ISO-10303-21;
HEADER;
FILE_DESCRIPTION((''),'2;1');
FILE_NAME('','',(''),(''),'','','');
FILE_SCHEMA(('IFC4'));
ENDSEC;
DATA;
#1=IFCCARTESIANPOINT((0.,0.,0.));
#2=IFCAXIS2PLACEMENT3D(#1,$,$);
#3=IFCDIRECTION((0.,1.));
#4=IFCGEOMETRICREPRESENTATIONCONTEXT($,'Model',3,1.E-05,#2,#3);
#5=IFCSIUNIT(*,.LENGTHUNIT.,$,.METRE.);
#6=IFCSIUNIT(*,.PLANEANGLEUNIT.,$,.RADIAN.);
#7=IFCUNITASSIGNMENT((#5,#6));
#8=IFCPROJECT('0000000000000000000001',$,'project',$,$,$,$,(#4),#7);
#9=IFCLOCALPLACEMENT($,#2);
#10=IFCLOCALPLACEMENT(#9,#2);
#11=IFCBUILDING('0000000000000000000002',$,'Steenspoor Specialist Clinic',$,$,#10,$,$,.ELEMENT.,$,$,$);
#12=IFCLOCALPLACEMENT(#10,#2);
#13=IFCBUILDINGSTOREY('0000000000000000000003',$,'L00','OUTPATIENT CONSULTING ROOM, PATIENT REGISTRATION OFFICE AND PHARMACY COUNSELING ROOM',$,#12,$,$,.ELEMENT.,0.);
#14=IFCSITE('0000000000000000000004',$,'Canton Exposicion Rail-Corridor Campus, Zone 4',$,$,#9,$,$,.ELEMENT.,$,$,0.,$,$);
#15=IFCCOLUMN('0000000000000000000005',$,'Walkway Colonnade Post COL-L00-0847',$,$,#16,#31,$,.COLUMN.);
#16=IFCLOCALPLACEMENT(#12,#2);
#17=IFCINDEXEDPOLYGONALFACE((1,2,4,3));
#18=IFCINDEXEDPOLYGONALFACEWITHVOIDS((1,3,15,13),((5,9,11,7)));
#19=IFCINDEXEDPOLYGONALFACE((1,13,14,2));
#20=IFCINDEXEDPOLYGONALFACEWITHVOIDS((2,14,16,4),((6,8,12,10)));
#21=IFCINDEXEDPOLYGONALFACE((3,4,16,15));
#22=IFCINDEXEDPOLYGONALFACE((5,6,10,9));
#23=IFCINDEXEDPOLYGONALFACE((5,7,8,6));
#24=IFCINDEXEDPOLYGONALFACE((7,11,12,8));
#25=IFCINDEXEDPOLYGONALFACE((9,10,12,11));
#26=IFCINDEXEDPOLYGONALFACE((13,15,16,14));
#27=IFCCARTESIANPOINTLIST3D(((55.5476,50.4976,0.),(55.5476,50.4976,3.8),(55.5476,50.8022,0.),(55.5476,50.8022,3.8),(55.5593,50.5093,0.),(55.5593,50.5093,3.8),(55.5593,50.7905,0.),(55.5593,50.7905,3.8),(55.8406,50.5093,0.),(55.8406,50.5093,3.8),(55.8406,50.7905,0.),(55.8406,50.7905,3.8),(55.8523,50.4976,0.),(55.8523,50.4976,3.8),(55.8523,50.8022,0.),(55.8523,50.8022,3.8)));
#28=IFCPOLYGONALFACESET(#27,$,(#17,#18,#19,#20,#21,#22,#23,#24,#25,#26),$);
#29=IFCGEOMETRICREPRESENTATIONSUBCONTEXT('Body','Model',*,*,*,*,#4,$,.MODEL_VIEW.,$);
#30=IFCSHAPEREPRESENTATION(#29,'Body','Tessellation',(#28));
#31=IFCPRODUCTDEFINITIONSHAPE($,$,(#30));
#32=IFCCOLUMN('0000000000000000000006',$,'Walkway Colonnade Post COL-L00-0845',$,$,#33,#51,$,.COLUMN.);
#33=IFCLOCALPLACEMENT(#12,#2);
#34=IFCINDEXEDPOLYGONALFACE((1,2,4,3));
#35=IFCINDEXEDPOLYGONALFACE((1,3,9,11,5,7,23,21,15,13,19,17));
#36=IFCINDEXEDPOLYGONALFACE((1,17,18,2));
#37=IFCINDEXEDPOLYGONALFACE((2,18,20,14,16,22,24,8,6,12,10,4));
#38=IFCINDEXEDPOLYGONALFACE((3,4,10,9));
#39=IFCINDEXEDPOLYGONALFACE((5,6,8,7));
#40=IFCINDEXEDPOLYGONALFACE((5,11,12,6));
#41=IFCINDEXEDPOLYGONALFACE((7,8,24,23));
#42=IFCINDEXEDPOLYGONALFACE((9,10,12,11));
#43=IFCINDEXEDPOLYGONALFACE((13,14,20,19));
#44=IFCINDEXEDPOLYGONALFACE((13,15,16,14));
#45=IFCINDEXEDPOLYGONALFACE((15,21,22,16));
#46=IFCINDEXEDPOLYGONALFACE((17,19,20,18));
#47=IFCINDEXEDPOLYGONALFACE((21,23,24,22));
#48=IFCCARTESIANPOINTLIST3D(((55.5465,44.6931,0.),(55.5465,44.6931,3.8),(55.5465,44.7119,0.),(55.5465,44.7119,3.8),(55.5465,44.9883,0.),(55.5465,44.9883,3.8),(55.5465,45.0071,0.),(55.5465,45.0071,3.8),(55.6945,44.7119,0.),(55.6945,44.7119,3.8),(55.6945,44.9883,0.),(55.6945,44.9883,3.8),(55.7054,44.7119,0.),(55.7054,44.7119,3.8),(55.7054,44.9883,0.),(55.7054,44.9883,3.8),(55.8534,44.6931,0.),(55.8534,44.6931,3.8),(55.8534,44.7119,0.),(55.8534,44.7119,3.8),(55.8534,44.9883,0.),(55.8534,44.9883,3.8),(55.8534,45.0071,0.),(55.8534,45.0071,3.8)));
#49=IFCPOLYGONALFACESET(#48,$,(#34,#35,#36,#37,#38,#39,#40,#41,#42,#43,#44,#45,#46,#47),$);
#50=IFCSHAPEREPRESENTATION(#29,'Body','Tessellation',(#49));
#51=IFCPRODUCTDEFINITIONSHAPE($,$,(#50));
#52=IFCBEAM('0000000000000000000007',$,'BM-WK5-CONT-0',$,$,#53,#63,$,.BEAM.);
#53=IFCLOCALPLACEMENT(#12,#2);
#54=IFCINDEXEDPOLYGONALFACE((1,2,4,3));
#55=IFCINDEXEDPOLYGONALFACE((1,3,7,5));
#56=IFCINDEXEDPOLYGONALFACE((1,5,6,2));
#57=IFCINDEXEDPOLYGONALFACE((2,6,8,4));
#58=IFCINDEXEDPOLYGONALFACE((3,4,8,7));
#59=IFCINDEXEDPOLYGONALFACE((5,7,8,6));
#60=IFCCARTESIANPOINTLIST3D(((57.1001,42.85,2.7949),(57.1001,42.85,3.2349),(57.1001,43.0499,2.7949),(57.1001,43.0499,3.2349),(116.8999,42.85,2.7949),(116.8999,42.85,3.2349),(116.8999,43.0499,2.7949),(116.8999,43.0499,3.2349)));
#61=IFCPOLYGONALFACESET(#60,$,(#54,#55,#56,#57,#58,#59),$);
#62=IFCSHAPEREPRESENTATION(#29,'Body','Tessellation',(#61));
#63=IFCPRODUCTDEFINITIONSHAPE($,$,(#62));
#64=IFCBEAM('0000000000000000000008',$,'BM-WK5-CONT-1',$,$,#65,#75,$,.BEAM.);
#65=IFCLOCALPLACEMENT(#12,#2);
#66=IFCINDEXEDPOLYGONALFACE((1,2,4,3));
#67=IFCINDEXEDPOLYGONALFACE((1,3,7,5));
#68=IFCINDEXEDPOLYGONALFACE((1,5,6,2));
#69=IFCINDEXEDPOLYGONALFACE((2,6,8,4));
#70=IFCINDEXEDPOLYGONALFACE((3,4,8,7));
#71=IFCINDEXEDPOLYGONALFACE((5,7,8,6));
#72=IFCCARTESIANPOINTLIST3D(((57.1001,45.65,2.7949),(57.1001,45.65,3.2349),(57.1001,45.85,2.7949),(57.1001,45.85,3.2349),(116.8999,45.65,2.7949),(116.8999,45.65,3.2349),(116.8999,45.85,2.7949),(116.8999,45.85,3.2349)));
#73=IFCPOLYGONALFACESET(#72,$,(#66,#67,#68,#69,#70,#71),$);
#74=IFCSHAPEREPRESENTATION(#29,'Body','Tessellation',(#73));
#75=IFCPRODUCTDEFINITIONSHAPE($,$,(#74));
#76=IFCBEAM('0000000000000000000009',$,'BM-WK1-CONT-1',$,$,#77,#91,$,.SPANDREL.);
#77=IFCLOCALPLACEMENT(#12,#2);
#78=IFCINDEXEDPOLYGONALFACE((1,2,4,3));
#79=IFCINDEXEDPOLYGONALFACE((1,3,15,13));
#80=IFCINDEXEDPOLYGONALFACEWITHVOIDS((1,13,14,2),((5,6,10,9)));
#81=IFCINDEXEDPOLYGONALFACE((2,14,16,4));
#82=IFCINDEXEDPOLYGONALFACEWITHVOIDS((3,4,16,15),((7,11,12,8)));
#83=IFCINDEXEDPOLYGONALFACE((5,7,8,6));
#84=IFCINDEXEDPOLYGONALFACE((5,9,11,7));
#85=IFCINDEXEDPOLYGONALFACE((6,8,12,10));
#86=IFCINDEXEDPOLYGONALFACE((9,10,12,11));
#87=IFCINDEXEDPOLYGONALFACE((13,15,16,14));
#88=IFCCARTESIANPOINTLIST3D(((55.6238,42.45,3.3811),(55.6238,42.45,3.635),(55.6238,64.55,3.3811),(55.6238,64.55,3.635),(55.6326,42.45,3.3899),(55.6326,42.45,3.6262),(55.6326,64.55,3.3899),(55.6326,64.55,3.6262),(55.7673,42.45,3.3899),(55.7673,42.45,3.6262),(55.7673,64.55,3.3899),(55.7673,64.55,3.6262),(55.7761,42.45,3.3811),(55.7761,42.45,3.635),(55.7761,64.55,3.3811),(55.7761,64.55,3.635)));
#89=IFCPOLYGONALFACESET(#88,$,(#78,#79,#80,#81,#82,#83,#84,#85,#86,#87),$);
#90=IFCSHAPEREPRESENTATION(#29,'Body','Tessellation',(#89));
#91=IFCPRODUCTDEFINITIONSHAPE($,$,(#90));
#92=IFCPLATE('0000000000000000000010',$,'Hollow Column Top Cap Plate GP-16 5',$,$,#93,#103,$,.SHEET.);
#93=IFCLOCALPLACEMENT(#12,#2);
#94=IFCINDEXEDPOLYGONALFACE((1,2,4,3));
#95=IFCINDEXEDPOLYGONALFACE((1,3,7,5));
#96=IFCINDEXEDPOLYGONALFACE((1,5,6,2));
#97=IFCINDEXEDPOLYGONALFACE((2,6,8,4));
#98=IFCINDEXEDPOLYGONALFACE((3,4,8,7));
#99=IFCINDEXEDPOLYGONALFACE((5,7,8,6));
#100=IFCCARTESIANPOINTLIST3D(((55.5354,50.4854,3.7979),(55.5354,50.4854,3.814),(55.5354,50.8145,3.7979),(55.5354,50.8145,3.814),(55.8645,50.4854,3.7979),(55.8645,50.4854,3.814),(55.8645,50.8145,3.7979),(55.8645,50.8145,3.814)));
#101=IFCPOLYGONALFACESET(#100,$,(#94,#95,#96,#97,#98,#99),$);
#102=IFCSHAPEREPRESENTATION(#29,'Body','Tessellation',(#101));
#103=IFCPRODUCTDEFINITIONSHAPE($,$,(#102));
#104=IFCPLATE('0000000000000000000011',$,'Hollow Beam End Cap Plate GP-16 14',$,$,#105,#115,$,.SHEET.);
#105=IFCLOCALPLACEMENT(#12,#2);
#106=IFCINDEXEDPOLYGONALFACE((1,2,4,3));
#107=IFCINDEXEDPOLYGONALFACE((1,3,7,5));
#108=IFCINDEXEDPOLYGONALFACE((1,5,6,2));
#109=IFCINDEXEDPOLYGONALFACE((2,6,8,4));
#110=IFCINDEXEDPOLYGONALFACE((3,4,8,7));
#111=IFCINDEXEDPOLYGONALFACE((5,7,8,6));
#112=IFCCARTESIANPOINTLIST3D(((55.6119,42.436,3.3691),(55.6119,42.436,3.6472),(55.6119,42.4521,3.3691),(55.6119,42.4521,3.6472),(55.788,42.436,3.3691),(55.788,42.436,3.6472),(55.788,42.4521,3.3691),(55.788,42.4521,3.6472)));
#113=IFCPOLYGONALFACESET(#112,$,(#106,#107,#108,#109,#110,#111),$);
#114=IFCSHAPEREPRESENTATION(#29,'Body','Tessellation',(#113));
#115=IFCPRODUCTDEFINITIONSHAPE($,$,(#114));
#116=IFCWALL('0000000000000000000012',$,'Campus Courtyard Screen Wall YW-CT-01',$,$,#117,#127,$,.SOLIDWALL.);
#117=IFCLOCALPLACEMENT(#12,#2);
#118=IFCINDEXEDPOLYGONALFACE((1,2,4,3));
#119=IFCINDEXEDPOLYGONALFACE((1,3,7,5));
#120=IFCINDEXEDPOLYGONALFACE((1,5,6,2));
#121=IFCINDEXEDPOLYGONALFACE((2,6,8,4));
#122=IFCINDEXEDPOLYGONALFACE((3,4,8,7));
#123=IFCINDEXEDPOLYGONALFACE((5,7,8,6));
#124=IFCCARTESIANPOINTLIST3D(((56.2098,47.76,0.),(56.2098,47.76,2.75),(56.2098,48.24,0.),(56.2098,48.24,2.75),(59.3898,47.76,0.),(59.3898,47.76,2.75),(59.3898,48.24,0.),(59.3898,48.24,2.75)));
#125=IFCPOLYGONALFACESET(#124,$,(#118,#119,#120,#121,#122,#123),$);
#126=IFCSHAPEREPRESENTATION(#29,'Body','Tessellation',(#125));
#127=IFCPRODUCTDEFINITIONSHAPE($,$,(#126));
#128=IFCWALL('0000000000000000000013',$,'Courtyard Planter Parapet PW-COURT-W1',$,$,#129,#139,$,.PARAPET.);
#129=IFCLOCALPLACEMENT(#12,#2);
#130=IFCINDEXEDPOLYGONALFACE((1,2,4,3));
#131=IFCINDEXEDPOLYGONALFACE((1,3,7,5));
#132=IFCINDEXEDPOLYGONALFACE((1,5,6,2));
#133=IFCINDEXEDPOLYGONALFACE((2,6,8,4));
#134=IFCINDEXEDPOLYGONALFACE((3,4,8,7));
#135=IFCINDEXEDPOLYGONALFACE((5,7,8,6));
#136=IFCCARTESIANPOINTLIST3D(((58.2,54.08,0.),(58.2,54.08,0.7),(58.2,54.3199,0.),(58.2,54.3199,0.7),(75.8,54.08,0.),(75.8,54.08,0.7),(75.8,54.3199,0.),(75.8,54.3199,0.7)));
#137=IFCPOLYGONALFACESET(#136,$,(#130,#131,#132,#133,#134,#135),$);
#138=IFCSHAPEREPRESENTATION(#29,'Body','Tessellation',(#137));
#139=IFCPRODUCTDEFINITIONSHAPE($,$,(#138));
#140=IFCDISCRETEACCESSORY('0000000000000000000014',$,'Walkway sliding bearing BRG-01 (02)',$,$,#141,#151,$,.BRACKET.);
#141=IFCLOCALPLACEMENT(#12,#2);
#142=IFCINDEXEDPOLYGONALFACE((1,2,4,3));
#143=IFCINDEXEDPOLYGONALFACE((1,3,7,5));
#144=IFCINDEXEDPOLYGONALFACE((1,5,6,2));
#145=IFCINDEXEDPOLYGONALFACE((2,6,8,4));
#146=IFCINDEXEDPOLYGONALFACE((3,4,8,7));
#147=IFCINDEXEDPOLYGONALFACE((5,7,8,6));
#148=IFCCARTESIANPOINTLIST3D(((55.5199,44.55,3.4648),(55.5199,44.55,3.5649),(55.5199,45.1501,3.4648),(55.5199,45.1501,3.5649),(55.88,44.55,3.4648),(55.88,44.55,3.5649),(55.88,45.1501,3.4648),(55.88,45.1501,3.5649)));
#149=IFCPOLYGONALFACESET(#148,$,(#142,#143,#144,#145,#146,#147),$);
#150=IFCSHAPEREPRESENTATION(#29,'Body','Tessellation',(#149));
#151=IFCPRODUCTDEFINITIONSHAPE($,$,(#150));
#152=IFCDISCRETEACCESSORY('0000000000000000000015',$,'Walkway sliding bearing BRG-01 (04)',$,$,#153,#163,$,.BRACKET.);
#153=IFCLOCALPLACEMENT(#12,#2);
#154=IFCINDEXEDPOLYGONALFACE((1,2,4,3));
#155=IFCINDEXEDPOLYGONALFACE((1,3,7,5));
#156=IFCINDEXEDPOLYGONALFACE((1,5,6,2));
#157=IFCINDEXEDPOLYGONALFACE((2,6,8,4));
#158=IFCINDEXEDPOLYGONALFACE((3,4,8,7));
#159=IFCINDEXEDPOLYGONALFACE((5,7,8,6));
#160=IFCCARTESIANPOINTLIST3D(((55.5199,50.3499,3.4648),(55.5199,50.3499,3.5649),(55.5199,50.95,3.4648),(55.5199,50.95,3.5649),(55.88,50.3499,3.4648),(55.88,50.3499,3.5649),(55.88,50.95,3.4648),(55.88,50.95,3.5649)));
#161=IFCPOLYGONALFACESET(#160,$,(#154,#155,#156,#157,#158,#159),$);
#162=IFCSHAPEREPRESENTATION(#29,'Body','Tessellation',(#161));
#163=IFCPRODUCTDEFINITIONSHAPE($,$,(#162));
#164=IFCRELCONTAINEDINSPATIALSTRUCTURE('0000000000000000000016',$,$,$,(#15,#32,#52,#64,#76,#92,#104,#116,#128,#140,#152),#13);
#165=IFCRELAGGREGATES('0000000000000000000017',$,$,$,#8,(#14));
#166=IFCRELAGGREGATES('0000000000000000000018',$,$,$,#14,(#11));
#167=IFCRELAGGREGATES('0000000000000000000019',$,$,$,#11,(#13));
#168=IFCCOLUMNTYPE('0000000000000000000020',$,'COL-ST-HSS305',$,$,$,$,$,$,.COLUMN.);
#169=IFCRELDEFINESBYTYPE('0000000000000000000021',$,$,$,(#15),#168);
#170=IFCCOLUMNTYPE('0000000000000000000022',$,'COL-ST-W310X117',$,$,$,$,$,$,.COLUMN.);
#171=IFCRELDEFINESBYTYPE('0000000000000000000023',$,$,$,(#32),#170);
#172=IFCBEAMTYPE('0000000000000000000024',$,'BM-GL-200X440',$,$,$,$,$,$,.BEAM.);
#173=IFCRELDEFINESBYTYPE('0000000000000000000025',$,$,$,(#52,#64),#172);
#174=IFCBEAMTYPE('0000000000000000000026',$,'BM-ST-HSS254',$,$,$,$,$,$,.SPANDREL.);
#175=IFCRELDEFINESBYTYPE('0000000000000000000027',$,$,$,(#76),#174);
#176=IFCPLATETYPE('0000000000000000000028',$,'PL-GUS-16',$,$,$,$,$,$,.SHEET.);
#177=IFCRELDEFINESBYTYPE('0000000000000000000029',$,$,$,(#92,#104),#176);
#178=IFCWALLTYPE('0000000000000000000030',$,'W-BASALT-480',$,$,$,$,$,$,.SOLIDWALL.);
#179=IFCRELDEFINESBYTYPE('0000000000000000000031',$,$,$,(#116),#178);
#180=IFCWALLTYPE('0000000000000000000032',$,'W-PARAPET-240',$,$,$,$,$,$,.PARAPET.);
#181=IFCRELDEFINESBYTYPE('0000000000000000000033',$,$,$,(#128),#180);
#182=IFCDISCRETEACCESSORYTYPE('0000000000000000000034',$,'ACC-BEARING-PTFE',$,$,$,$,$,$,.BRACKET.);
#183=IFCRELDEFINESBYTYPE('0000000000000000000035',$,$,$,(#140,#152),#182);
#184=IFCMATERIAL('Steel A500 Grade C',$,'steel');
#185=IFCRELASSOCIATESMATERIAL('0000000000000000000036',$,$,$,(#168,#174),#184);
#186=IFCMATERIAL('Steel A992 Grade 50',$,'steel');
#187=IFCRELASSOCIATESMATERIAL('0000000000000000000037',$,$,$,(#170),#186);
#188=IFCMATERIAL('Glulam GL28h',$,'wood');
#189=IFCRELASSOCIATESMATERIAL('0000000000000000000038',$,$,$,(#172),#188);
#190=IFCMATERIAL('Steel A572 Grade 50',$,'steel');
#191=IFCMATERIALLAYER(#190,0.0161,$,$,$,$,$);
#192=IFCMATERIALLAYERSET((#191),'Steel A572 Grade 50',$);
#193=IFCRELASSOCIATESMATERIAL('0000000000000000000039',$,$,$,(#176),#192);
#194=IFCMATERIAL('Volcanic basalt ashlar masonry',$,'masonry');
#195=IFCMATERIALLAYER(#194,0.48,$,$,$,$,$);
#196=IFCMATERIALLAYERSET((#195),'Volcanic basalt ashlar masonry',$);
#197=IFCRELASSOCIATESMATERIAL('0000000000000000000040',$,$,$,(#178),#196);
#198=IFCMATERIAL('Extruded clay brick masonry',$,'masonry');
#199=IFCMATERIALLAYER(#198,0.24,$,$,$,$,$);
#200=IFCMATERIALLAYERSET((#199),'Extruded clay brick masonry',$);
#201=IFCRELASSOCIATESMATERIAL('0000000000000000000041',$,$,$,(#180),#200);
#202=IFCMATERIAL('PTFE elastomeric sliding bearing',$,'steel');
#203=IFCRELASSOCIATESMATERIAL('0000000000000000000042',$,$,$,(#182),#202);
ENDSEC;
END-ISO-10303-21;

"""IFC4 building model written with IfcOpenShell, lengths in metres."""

from ifc_helpers import new_model, si_unit, direction, frame, frame_2d, origin, origin_2d, place, context, subcontext, project, spatial, rectangle, hollow_rectangle, i_section, extrude, material, layer, layer_set, material_profile, profile_set, type_object, element, save


model = new_model("IFC4")

# Units and contexts
model_context = context("Model", 3, precision=1e-05, world=origin(), true_north=direction((0.0, 1.0)))
body_context = subcontext(model_context, "Body", "Model", "MODEL_VIEW")
ifc_project = project(units=[si_unit("LENGTHUNIT", "METRE"), si_unit("PLANEANGLEUNIT", "RADIAN")], contexts=[model_context])

# Site, building, storey
site_placement = place(None, origin())
site = spatial("IfcSite", under=ifc_project, at=site_placement, Name="Canton Exposicion Rail-Corridor Campus, Zone 4", CompositionType="ELEMENT", RefElevation=0.0)
building_placement = place(site_placement, origin())
building = spatial("IfcBuilding", under=site, at=building_placement, Name="Steenspoor Specialist Clinic", CompositionType="ELEMENT")
storey_placement = place(building_placement, origin())
storey = spatial("IfcBuildingStorey", under=building, at=storey_placement, Name="L00", Description="OUTPATIENT CONSULTING ROOM, PATIENT REGISTRATION OFFICE AND PHARMACY COUNSELING ROOM", CompositionType="ELEMENT", Elevation=0.0)

# Columns
ifc_material_1 = material(Name="Steel A500 Grade C", Category="steel")
ifc_material_profile_1 = material_profile(ifc_material_1, hollow_rectangle(XDim=0.3047, YDim=0.3047, WallThickness=0.0117, at=origin_2d()), Name="HSS305X305X12.7")
ifc_profile_set_1 = profile_set([ifc_material_profile_1], Name="Steel A500 Grade C")
column_type_1 = type_object("IfcColumnType", Name="COL-ST-HSS305", PredefinedType="COLUMN", material=ifc_profile_set_1)
column_1_placement = place(storey_placement, frame((55.7, 50.6499, 0.0), z_axis=(0.0, 0.0, 1.0), x_axis=(1.0, 0.0, 0.0)))
element("IfcColumn", 1, at=column_1_placement, inside=storey, type_object=column_type_1, Name="Walkway Colonnade Post COL-L00-0847", PredefinedType="COLUMN", context=body_context, shape_type="SweptSolid", body=[
    extrude(hollow_rectangle(XDim=0.3047, YDim=0.3047, WallThickness=0.0117, at=origin_2d()), origin(), (0.0, 0.0, 1.0), 3.8),
])
ifc_material_2 = material(Name="Steel A992 Grade 50", Category="steel")
ifc_material_profile_2 = material_profile(ifc_material_2, i_section(OverallWidth=0.3069, OverallDepth=0.314, WebThickness=0.011, FlangeThickness=0.0188, at=origin_2d()), Name="W310X117")
ifc_profile_set_2 = profile_set([ifc_material_profile_2], Name="Steel A992 Grade 50")
column_type_2 = type_object("IfcColumnType", Name="COL-ST-W310X117", PredefinedType="COLUMN", material=ifc_profile_set_2)
column_2_placement = place(storey_placement, frame((55.7, 44.8501, 0.0), z_axis=(0.0, 0.0, 1.0), x_axis=(1.0, 0.0, 0.0)))
element("IfcColumn", 2, at=column_2_placement, inside=storey, type_object=column_type_2, Name="Walkway Colonnade Post COL-L00-0845", PredefinedType="COLUMN", context=body_context, shape_type="SweptSolid", body=[
    extrude(i_section(OverallWidth=0.3069, OverallDepth=0.314, WebThickness=0.011, FlangeThickness=0.0188, at=origin_2d()), origin(), (0.0, 0.0, 1.0), 3.8),
])

# Beams
ifc_material_3 = material(Name="Glulam GL28h", Category="wood")
ifc_material_profile_3 = material_profile(ifc_material_3, rectangle(XDim=0.2, YDim=0.4399, at=origin_2d()), Name="GL28H-200X440")
ifc_profile_set_3 = profile_set([ifc_material_profile_3], Name="Glulam GL28h")
beam_type_1 = type_object("IfcBeamType", Name="BM-GL-200X440", PredefinedType="BEAM", material=ifc_profile_set_3)
for number, where, z_axis, x_axis, name in (
    (3, (57.1001, 42.95, 3.0149), (1.0, 0.0, 0.0), (0.0, 1.0, 0.0), "BM-WK5-CONT-0"),
    (4, (57.1001, 45.75, 3.0149), (1.0, 0.0, 0.0), (0.0, 1.0, 0.0), "BM-WK5-CONT-1"),
):
    element("IfcBeam", number, at=place(storey_placement, frame(where, z_axis=z_axis, x_axis=x_axis)), inside=storey, type_object=beam_type_1, Name=name, PredefinedType="BEAM", context=body_context, shape_type="SweptSolid", body=[
        extrude(rectangle(XDim=0.2, YDim=0.4399, at=origin_2d()), origin(), (0.0, 0.0, 1.0), 59.7998),
    ])
ifc_material_profile_4 = material_profile(ifc_material_1, hollow_rectangle(XDim=0.1523, YDim=0.2539, WallThickness=0.0088, at=origin_2d()), Name="HSS254X152X9.5")
ifc_profile_set_4 = profile_set([ifc_material_profile_4], Name="Steel A500 Grade C")
beam_type_2 = type_object("IfcBeamType", Name="BM-ST-HSS254", PredefinedType="SPANDREL", material=ifc_profile_set_4)
beam_placement = place(storey_placement, frame((55.7, 42.45, 3.5081), z_axis=(0.0, 1.0, 0.0), x_axis=(-1.0, 0.0, 0.0)))
element("IfcBeam", 5, at=beam_placement, inside=storey, type_object=beam_type_2, Name="BM-WK1-CONT-1", PredefinedType="SPANDREL", context=body_context, shape_type="SweptSolid", body=[
    extrude(hollow_rectangle(XDim=0.1523, YDim=0.2539, WallThickness=0.0088, at=origin_2d()), origin(), (0.0, 0.0, 1.0), 22.1001),
])

# Plates
ifc_material_4 = material(Name="Steel A572 Grade 50", Category="steel")
ifc_layer_1 = layer(ifc_material_4, 0.0161)
ifc_layer_set_1 = layer_set([ifc_layer_1], Name="Steel A572 Grade 50")
plate_type = type_object("IfcPlateType", Name="PL-GUS-16", PredefinedType="SHEET", material=ifc_layer_set_1)
plate_1_placement = place(storey_placement, frame((55.7, 50.6499, 3.7979), z_axis=(0.0, 0.0, 1.0), x_axis=(1.0, 0.0, 0.0)))
element("IfcPlate", 6, at=plate_1_placement, inside=storey, type_object=plate_type, Name="Hollow Column Top Cap Plate GP-16 5", PredefinedType="SHEET", context=body_context, shape_type="SweptSolid", body=[
    extrude(rectangle(XDim=0.3291, YDim=0.3291, at=origin_2d()), origin(), (0.0, 0.0, 1.0), 0.0161),
])
plate_2_placement = place(storey_placement, frame((55.7, 42.4441, 3.3691), z_axis=(0.0, 0.0, 1.0), x_axis=(1.0, 0.0, 0.0)))
element("IfcPlate", 7, at=plate_2_placement, inside=storey, type_object=plate_type, Name="Hollow Beam End Cap Plate GP-16 14", PredefinedType="SHEET", context=body_context, shape_type="SweptSolid", body=[
    extrude(rectangle(XDim=0.176, YDim=0.0161, at=origin_2d()), origin(), (0.0, 0.0, 1.0), 0.2781),
])

# Walls
ifc_material_5 = material(Name="Volcanic basalt ashlar masonry", Category="masonry")
ifc_layer_2 = layer(ifc_material_5, 0.48)
ifc_layer_set_2 = layer_set([ifc_layer_2], Name="Volcanic basalt ashlar masonry")
wall_type_1 = type_object("IfcWallType", Name="W-BASALT-480", PredefinedType="SOLIDWALL", material=ifc_layer_set_2)
wall_1_placement = place(storey_placement, frame((56.21, 48.0, 0.0), z_axis=(0.0, 0.0, 1.0), x_axis=(1.0, 0.0, 0.0)))
element("IfcWall", 8, at=wall_1_placement, inside=storey, type_object=wall_type_1, Name="Campus Courtyard Screen Wall YW-CT-01", PredefinedType="SOLIDWALL", context=body_context, shape_type="SweptSolid", body=[
    extrude(rectangle(XDim=3.1799, YDim=0.48, at=frame_2d((1.5898, 0.0))), origin(), (0.0, 0.0, 1.0), 2.75),
])
ifc_material_6 = material(Name="Extruded clay brick masonry", Category="masonry")
ifc_layer_3 = layer(ifc_material_6, 0.24)
ifc_layer_set_3 = layer_set([ifc_layer_3], Name="Extruded clay brick masonry")
wall_type_2 = type_object("IfcWallType", Name="W-PARAPET-240", PredefinedType="PARAPET", material=ifc_layer_set_3)
wall_2_placement = place(storey_placement, frame((58.2, 54.2, 0.0), z_axis=(0.0, 0.0, 1.0), x_axis=(1.0, 0.0, 0.0)))
element("IfcWall", 9, at=wall_2_placement, inside=storey, type_object=wall_type_2, Name="Courtyard Planter Parapet PW-COURT-W1", PredefinedType="PARAPET", context=body_context, shape_type="SweptSolid", body=[
    extrude(rectangle(XDim=17.6001, YDim=0.24, at=frame_2d((8.8, 0.0))), origin(), (0.0, 0.0, 1.0), 0.7),
])

# Discrete accessories
ifc_material_7 = material(Name="PTFE elastomeric sliding bearing", Category="steel")
discrete_accessory_type = type_object("IfcDiscreteAccessoryType", Name="ACC-BEARING-PTFE", PredefinedType="BRACKET", material=ifc_material_7)
for number, where, z_axis, x_axis, name in (
    (10, (55.7, 44.8501, 3.4648), (0.0, 0.0, 1.0), (1.0, 0.0, 0.0), "Walkway sliding bearing BRG-01 (02)"),
    (11, (55.7, 50.6499, 3.4648), (0.0, 0.0, 1.0), (1.0, 0.0, 0.0), "Walkway sliding bearing BRG-01 (04)"),
):
    element("IfcDiscreteAccessory", number, at=place(storey_placement, frame(where, z_axis=z_axis, x_axis=x_axis)), inside=storey, type_object=discrete_accessory_type, Name=name, PredefinedType="BRACKET", context=body_context, shape_type="SweptSolid", body=[
        extrude(rectangle(XDim=0.3601, YDim=0.6001, at=origin_2d()), origin(), (0.0, 0.0, 1.0), 0.1001),
    ])

save(model, "model.ifc")
